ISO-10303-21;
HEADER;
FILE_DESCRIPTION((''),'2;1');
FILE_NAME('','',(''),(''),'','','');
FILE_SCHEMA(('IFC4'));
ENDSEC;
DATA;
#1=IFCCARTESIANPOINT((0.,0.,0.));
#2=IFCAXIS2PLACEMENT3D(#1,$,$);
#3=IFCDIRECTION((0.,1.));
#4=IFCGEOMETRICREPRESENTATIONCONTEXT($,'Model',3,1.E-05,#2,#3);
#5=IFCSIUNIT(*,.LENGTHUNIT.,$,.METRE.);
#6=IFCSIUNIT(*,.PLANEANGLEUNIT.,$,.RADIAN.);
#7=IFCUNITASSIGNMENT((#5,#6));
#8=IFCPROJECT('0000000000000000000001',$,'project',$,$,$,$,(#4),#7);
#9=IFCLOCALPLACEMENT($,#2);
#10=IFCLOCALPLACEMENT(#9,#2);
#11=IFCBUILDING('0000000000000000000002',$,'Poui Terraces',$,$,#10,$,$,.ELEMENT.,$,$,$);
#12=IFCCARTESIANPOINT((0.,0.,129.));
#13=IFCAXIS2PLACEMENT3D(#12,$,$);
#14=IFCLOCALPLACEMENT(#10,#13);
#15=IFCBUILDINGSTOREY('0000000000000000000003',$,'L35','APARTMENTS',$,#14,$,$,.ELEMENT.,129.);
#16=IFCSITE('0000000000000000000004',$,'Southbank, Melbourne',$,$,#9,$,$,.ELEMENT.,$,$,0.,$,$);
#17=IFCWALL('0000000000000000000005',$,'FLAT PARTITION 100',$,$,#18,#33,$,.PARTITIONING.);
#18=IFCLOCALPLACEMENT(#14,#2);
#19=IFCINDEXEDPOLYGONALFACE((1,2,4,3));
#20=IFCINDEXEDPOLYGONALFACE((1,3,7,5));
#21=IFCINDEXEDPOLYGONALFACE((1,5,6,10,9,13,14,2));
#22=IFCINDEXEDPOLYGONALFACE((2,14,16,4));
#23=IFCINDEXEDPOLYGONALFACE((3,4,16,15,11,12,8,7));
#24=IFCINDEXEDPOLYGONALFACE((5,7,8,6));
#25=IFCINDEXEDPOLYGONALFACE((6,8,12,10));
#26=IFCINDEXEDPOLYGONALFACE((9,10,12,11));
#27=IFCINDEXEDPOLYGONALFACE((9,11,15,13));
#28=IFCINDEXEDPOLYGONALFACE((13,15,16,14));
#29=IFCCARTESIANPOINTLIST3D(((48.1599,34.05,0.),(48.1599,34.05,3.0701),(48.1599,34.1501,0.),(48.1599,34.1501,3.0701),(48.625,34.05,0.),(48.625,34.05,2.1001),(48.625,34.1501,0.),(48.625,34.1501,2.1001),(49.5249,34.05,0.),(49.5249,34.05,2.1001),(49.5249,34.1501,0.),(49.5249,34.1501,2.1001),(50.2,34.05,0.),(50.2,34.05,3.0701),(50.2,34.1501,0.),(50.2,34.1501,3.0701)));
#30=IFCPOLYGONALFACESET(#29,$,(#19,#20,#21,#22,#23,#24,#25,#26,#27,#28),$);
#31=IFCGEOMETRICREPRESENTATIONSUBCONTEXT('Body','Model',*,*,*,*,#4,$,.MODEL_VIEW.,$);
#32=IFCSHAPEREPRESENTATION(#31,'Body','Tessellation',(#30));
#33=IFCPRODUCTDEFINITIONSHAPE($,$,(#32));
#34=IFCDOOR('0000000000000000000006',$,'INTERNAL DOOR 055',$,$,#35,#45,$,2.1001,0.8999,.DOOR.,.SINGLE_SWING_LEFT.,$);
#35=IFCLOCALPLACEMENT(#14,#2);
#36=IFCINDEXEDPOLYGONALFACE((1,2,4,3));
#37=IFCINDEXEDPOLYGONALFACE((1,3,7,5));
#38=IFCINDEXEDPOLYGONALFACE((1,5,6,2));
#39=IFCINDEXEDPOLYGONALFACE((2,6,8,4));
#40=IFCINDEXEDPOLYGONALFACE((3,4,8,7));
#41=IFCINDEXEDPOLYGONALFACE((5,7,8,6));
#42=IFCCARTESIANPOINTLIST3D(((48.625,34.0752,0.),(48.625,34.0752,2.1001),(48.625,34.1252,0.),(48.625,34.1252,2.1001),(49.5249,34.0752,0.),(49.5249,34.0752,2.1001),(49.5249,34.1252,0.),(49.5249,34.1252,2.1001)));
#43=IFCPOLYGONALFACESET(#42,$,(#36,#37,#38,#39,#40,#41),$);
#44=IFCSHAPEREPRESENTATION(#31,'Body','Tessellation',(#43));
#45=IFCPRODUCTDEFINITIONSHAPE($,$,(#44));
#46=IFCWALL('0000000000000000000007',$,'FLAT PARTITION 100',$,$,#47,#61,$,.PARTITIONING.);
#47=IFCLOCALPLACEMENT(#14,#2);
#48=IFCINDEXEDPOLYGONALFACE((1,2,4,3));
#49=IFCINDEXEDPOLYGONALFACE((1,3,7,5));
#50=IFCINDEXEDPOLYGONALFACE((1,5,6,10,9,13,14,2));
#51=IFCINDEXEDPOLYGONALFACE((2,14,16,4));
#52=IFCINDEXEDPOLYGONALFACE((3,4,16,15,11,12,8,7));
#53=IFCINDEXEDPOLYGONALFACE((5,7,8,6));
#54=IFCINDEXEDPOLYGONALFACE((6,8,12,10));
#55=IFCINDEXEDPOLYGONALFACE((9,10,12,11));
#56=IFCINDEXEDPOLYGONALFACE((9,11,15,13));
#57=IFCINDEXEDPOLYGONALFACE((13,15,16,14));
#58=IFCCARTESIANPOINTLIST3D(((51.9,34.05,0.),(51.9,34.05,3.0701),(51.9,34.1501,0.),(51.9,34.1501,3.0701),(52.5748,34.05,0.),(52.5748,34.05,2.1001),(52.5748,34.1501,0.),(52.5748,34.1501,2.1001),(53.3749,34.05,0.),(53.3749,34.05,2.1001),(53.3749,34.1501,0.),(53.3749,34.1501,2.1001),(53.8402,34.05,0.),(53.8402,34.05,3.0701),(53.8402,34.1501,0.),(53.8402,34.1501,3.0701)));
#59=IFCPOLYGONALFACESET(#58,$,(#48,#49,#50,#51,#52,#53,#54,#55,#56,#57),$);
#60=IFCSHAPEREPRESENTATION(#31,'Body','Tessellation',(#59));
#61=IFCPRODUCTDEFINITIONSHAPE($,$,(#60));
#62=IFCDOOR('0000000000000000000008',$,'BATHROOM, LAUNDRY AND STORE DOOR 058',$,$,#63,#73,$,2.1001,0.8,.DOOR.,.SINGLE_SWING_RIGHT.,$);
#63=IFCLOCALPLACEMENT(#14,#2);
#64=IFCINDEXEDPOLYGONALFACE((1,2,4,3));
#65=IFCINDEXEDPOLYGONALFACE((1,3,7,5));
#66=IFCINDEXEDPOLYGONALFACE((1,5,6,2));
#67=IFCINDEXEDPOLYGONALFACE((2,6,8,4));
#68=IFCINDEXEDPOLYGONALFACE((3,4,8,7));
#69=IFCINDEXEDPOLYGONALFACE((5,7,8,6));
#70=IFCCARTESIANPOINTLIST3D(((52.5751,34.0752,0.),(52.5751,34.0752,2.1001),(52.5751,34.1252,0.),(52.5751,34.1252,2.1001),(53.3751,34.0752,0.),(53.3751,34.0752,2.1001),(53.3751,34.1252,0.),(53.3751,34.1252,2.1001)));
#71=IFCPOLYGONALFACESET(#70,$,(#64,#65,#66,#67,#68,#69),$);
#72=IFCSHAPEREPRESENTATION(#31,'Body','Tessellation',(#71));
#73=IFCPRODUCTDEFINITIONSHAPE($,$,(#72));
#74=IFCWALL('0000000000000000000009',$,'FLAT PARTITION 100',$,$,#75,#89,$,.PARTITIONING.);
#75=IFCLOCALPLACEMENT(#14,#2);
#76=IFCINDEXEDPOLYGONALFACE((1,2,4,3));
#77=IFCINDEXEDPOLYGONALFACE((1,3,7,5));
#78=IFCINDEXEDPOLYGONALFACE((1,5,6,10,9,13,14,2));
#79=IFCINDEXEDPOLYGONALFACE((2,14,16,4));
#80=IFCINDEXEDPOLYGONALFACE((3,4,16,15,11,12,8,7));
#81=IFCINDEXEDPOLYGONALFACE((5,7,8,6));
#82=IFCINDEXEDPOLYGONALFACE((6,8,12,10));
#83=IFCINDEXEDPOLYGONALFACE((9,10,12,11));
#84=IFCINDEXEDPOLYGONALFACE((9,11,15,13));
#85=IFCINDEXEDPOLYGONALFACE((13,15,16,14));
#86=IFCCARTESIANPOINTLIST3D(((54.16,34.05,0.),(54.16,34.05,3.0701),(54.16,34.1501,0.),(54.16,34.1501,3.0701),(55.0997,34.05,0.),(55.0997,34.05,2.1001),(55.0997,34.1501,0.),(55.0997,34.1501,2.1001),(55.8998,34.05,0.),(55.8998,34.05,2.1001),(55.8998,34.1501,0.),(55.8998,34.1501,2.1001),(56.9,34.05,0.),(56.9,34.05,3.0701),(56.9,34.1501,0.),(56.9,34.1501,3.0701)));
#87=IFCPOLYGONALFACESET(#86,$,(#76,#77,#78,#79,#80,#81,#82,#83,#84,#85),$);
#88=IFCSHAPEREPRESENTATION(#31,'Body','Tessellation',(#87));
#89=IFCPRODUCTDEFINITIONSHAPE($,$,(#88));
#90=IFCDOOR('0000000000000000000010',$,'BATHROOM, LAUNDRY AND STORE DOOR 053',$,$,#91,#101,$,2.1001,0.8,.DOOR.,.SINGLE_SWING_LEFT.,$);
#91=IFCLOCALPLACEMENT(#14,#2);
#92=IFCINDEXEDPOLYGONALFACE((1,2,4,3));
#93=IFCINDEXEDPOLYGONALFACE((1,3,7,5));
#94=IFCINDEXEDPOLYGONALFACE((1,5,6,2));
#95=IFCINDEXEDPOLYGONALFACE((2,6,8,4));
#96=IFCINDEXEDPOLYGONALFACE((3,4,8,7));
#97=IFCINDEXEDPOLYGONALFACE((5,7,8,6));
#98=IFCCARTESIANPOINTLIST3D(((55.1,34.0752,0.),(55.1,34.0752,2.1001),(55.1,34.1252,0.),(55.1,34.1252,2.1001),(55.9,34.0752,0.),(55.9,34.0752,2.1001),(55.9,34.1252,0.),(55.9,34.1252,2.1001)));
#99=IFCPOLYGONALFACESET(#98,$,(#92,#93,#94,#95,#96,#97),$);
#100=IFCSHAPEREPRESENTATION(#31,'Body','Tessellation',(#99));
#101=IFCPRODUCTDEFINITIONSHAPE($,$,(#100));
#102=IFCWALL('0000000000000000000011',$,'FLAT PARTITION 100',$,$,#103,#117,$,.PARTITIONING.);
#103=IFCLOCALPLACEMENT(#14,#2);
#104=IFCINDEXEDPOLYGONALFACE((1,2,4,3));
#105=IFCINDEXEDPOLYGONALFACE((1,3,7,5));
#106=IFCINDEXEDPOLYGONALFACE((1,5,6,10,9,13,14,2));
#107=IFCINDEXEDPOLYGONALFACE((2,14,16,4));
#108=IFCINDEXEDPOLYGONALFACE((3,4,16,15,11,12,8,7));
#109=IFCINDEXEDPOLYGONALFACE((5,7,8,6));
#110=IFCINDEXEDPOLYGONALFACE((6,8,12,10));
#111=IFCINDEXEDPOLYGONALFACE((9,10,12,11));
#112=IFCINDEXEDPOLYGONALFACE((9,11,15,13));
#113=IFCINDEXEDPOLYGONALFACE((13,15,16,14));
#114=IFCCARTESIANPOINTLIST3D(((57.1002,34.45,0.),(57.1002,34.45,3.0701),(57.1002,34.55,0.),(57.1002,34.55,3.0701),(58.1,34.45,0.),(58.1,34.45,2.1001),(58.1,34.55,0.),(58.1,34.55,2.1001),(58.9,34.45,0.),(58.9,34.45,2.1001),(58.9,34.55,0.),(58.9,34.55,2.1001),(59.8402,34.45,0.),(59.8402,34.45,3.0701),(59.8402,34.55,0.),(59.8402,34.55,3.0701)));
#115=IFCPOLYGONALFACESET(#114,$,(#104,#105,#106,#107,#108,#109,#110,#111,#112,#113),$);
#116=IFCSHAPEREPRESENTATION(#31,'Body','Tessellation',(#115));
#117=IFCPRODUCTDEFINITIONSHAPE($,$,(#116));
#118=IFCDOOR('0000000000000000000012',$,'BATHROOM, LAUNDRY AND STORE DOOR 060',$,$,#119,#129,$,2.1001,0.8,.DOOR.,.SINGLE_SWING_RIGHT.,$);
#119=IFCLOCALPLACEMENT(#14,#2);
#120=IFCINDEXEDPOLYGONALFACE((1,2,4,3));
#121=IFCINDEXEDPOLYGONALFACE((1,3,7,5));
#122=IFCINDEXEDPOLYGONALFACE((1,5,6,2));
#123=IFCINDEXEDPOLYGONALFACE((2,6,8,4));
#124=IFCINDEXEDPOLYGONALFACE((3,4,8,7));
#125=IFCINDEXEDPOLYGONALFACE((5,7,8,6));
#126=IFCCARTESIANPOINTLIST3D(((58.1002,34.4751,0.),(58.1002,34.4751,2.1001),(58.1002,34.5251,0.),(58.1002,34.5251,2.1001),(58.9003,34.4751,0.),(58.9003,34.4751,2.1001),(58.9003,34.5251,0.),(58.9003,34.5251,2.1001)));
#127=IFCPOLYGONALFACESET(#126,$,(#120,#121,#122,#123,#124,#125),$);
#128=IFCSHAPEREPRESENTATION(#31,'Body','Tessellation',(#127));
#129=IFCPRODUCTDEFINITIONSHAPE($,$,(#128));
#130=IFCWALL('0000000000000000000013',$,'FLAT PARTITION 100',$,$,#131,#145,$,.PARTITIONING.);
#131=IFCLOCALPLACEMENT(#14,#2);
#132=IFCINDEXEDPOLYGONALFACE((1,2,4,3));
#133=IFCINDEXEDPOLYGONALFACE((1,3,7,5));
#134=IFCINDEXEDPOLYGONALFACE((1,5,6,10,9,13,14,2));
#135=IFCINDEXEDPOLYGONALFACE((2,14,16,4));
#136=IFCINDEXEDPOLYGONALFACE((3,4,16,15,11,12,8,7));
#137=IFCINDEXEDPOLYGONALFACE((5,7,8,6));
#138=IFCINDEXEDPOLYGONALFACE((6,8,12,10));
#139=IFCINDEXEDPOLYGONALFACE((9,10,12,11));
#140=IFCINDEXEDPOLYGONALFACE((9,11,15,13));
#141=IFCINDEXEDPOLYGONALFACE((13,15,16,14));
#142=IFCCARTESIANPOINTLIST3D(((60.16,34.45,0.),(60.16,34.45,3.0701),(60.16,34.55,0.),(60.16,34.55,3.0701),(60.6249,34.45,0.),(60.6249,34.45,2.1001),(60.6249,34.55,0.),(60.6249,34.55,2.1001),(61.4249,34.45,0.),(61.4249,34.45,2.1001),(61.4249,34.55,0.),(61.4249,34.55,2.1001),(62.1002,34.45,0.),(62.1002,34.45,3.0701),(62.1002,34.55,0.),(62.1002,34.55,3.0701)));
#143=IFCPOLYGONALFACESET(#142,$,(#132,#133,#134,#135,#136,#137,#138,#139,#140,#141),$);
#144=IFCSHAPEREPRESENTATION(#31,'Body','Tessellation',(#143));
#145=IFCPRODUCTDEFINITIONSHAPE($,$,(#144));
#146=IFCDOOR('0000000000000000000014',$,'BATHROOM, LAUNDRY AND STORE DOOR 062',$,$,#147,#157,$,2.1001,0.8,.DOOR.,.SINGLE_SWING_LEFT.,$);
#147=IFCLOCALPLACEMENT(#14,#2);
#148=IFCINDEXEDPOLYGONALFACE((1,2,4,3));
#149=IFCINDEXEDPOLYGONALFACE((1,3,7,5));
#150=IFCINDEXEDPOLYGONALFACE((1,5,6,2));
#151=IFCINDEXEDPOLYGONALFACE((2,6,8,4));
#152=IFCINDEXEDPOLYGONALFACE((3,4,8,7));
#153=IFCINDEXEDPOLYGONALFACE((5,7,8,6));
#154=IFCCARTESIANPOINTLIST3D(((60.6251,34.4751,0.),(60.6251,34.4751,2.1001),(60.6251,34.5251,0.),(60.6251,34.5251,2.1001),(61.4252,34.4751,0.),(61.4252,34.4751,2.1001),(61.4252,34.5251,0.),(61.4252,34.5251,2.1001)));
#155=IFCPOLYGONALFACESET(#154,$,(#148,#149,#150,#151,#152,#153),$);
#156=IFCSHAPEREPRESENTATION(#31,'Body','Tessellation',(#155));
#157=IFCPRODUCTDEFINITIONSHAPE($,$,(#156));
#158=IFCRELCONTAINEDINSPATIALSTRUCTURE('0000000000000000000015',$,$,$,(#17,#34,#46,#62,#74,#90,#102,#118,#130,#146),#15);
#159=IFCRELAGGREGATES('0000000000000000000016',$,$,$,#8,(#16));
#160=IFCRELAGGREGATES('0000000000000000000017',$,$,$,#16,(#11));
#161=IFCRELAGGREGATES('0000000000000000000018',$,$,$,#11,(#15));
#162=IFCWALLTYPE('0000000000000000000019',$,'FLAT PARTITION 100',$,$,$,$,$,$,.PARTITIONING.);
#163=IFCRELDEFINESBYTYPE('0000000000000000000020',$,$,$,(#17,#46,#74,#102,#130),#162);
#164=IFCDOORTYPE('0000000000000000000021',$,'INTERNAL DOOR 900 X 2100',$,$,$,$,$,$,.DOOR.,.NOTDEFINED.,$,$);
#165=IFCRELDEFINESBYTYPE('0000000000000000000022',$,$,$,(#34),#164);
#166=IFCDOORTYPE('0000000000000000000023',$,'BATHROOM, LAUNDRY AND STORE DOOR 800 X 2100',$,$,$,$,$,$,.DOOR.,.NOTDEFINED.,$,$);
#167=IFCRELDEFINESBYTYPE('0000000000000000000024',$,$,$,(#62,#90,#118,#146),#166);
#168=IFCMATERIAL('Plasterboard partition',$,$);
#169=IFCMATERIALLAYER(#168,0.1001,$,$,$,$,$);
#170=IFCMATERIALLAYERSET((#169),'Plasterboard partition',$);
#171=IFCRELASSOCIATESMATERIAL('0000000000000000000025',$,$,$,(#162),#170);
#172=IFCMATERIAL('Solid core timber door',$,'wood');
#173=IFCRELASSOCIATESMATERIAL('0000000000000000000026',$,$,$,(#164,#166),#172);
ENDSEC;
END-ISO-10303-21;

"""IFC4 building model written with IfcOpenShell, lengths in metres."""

from ifc_helpers import new_model, si_unit, direction, frame, frame_2d, origin, place, context, subcontext, project, spatial, rectangle, extrude, material, layer, layer_set, type_object, element, fill, save


model = new_model("IFC4")

# Units and contexts
model_context = context("Model", 3, precision=1e-05, world=origin(), true_north=direction((0.0, 1.0)))
body_context = subcontext(model_context, "Body", "Model", "MODEL_VIEW")
ifc_project = project(units=[si_unit("LENGTHUNIT", "METRE"), si_unit("PLANEANGLEUNIT", "RADIAN")], contexts=[model_context])

# Site, building, storey
site_placement = place(None, origin())
site = spatial("IfcSite", under=ifc_project, at=site_placement, Name="Southbank, Melbourne", CompositionType="ELEMENT", RefElevation=0.0)
building_placement = place(site_placement, origin())
building = spatial("IfcBuilding", under=site, at=building_placement, Name="Poui Terraces", CompositionType="ELEMENT")
storey_placement = place(building_placement, frame((0.0, 0.0, 129.0)))
storey = spatial("IfcBuildingStorey", under=building, at=storey_placement, Name="L35", Description="APARTMENTS", CompositionType="ELEMENT", Elevation=129.0)

# Walls, openings, doors
ifc_material_1 = material(Name="Plasterboard partition")
ifc_layer_1 = layer(ifc_material_1, 0.1001)
ifc_layer_set_1 = layer_set([ifc_layer_1], Name="Plasterboard partition")
wall_type_1 = type_object("IfcWallType", Name="FLAT PARTITION 100", PredefinedType="PARTITIONING", material=ifc_layer_set_1)
wall_1_placement = place(storey_placement, frame((48.1599, 34.1001, 0.0), z_axis=(0.0, 0.0, 1.0), x_axis=(1.0, 0.0, 0.0)))
wall_1 = element("IfcWall", 1, at=wall_1_placement, inside=storey, type_object=wall_type_1, Name="FLAT PARTITION 100", PredefinedType="PARTITIONING", context=body_context, shape_type="SweptSolid", body=[
    extrude(rectangle(XDim=2.04, YDim=0.1001, at=frame_2d((1.02, 0.0))), origin(), (0.0, 0.0, 1.0), 3.0701),
])
opening_1_placement = place(wall_1_placement, frame((0.4651, 0.0, 0.0)))
opening_1 = element("IfcOpeningElement", 2, at=opening_1_placement, cuts=wall_1, PredefinedType="OPENING", context=body_context, shape_type="SweptSolid", body=[
    extrude(rectangle(XDim=0.8999, YDim=2.1001, at=frame_2d((0.45, 1.05))), frame((0.0, 0.0601, 0.0), z_axis=(0.0, -1.0, 0.0), x_axis=(1.0, 0.0, 0.0)), (0.0, 0.0, 1.0), 0.1201),
])
ifc_material_2 = material(Name="Solid core timber door", Category="wood")
door_type_1 = type_object("IfcDoorType", Name="INTERNAL DOOR 900 X 2100", OperationType="NOTDEFINED", PredefinedType="DOOR", material=ifc_material_2)
door_1_placement = place(opening_1_placement, frame((0.8999, 0.0, 0.0), z_axis=(0.0, 0.0, 1.0), x_axis=(-1.0, 0.0, 0.0)))
door_1 = element("IfcDoor", 3, at=door_1_placement, inside=storey, type_object=door_type_1, Name="INTERNAL DOOR 055", OperationType="SINGLE_SWING_LEFT", OverallHeight=2.1001, OverallWidth=0.8999, PredefinedType="DOOR", context=body_context, shape_type="SweptSolid", body=[
    extrude(rectangle(XDim=0.8999, YDim=2.1001, at=frame_2d((0.45, 1.05))), frame((0.0, 0.0249, 0.0), z_axis=(0.0, -1.0, 0.0), x_axis=(1.0, 0.0, 0.0)), (0.0, 0.0, 1.0), 0.05),
])
fill(opening_1, door_1)
wall_2_placement = place(storey_placement, frame((51.8999, 34.1001, 0.0), z_axis=(0.0, 0.0, 1.0), x_axis=(1.0, 0.0, 0.0)))
wall_2 = element("IfcWall", 4, at=wall_2_placement, inside=storey, type_object=wall_type_1, Name="FLAT PARTITION 100", PredefinedType="PARTITIONING", context=body_context, shape_type="SweptSolid", body=[
    extrude(rectangle(XDim=1.9402, YDim=0.1001, at=frame_2d((0.9702, 0.0))), origin(), (0.0, 0.0, 1.0), 3.0701),
])
opening_2_placement = place(wall_2_placement, frame((0.675, 0.0, 0.0)))
opening_2 = element("IfcOpeningElement", 5, at=opening_2_placement, cuts=wall_2, PredefinedType="OPENING", context=body_context, shape_type="SweptSolid", body=[
    extrude(rectangle(XDim=0.8, YDim=2.1001, at=frame_2d((0.3999, 1.05))), frame((0.0, 0.0601, 0.0), z_axis=(0.0, -1.0, 0.0), x_axis=(1.0, 0.0, 0.0)), (0.0, 0.0, 1.0), 0.1201),
])
door_type_2 = type_object("IfcDoorType", Name="BATHROOM, LAUNDRY AND STORE DOOR 800 X 2100", OperationType="NOTDEFINED", PredefinedType="DOOR", material=ifc_material_2)
door_2_placement = place(opening_2_placement, frame((0.8, 0.0, 0.0), z_axis=(0.0, 0.0, 1.0), x_axis=(-1.0, 0.0, 0.0)))
door_2 = element("IfcDoor", 6, at=door_2_placement, inside=storey, type_object=door_type_2, Name="BATHROOM, LAUNDRY AND STORE DOOR 058", OperationType="SINGLE_SWING_RIGHT", OverallHeight=2.1001, OverallWidth=0.8, PredefinedType="DOOR", context=body_context, shape_type="SweptSolid", body=[
    extrude(rectangle(XDim=0.8, YDim=2.1001, at=frame_2d((0.3999, 1.05))), frame((0.0, 0.0249, 0.0), z_axis=(0.0, -1.0, 0.0), x_axis=(1.0, 0.0, 0.0)), (0.0, 0.0, 1.0), 0.05),
])
fill(opening_2, door_2)
wall_3_placement = place(storey_placement, frame((54.1599, 34.1001, 0.0), z_axis=(0.0, 0.0, 1.0), x_axis=(1.0, 0.0, 0.0)))
wall_3 = element("IfcWall", 7, at=wall_3_placement, inside=storey, type_object=wall_type_1, Name="FLAT PARTITION 100", PredefinedType="PARTITIONING", context=body_context, shape_type="SweptSolid", body=[
    extrude(rectangle(XDim=2.74, YDim=0.1001, at=frame_2d((1.3701, 0.0))), origin(), (0.0, 0.0, 1.0), 3.0701),
])
opening_3_placement = place(wall_3_placement, frame((0.9399, 0.0, 0.0)))
opening_3 = element("IfcOpeningElement", 8, at=opening_3_placement, cuts=wall_3, PredefinedType="OPENING", context=body_context, shape_type="SweptSolid", body=[
    extrude(rectangle(XDim=0.8, YDim=2.1001, at=frame_2d((0.3999, 1.05))), frame((0.0, 0.0601, 0.0), z_axis=(0.0, -1.0, 0.0), x_axis=(1.0, 0.0, 0.0)), (0.0, 0.0, 1.0), 0.1201),
])
door_3_placement = place(opening_3_placement, frame((0.8, 0.0, 0.0), z_axis=(0.0, 0.0, 1.0), x_axis=(-1.0, 0.0, 0.0)))
door_3 = element("IfcDoor", 9, at=door_3_placement, inside=storey, type_object=door_type_2, Name="BATHROOM, LAUNDRY AND STORE DOOR 053", OperationType="SINGLE_SWING_LEFT", OverallHeight=2.1001, OverallWidth=0.8, PredefinedType="DOOR", context=body_context, shape_type="SweptSolid", body=[
    extrude(rectangle(XDim=0.8, YDim=2.1001, at=frame_2d((0.3999, 1.05))), frame((0.0, 0.0249, 0.0), z_axis=(0.0, -1.0, 0.0), x_axis=(1.0, 0.0, 0.0)), (0.0, 0.0, 1.0), 0.05),
])
fill(opening_3, door_3)
wall_4_placement = place(storey_placement, frame((57.1001, 34.5, 0.0), z_axis=(0.0, 0.0, 1.0), x_axis=(1.0, 0.0, 0.0)))
wall_4 = element("IfcWall", 10, at=wall_4_placement, inside=storey, type_object=wall_type_1, Name="FLAT PARTITION 100", PredefinedType="PARTITIONING", context=body_context, shape_type="SweptSolid", body=[
    extrude(rectangle(XDim=2.74, YDim=0.1001, at=frame_2d((1.3701, 0.0))), origin(), (0.0, 0.0, 1.0), 3.0701),
])
opening_4_placement = place(wall_4_placement, frame((1.0, 0.0, 0.0)))
opening_4 = element("IfcOpeningElement", 11, at=opening_4_placement, cuts=wall_4, PredefinedType="OPENING", context=body_context, shape_type="SweptSolid", body=[
    extrude(rectangle(XDim=0.8, YDim=2.1001, at=frame_2d((0.3999, 1.05))), frame((0.0, 0.0601, 0.0), z_axis=(0.0, -1.0, 0.0), x_axis=(1.0, 0.0, 0.0)), (0.0, 0.0, 1.0), 0.1201),
])
door_4_placement = place(opening_4_placement, frame((0.8, 0.0, 0.0), z_axis=(0.0, 0.0, 1.0), x_axis=(-1.0, 0.0, 0.0)))
door_4 = element("IfcDoor", 12, at=door_4_placement, inside=storey, type_object=door_type_2, Name="BATHROOM, LAUNDRY AND STORE DOOR 060", OperationType="SINGLE_SWING_RIGHT", OverallHeight=2.1001, OverallWidth=0.8, PredefinedType="DOOR", context=body_context, shape_type="SweptSolid", body=[
    extrude(rectangle(XDim=0.8, YDim=2.1001, at=frame_2d((0.3999, 1.05))), frame((0.0, 0.0249, 0.0), z_axis=(0.0, -1.0, 0.0), x_axis=(1.0, 0.0, 0.0)), (0.0, 0.0, 1.0), 0.05),
])
fill(opening_4, door_4)
wall_5_placement = place(storey_placement, frame((60.1599, 34.5, 0.0), z_axis=(0.0, 0.0, 1.0), x_axis=(1.0, 0.0, 0.0)))
wall_5 = element("IfcWall", 13, at=wall_5_placement, inside=storey, type_object=wall_type_1, Name="FLAT PARTITION 100", PredefinedType="PARTITIONING", context=body_context, shape_type="SweptSolid", body=[
    extrude(rectangle(XDim=1.9402, YDim=0.1001, at=frame_2d((0.9702, 0.0))), origin(), (0.0, 0.0, 1.0), 3.0701),
])
opening_5_placement = place(wall_5_placement, frame((0.4651, 0.0, 0.0)))
opening_5 = element("IfcOpeningElement", 14, at=opening_5_placement, cuts=wall_5, PredefinedType="OPENING", context=body_context, shape_type="SweptSolid", body=[
    extrude(rectangle(XDim=0.8, YDim=2.1001, at=frame_2d((0.3999, 1.05))), frame((0.0, 0.0601, 0.0), z_axis=(0.0, -1.0, 0.0), x_axis=(1.0, 0.0, 0.0)), (0.0, 0.0, 1.0), 0.1201),
])
door_5_placement = place(opening_5_placement, frame((0.8, 0.0, 0.0), z_axis=(0.0, 0.0, 1.0), x_axis=(-1.0, 0.0, 0.0)))
door_5 = element("IfcDoor", 15, at=door_5_placement, inside=storey, type_object=door_type_2, Name="BATHROOM, LAUNDRY AND STORE DOOR 062", OperationType="SINGLE_SWING_LEFT", OverallHeight=2.1001, OverallWidth=0.8, PredefinedType="DOOR", context=body_context, shape_type="SweptSolid", body=[
    extrude(rectangle(XDim=0.8, YDim=2.1001, at=frame_2d((0.3999, 1.05))), frame((0.0, 0.0249, 0.0), z_axis=(0.0, -1.0, 0.0), x_axis=(1.0, 0.0, 0.0)), (0.0, 0.0, 1.0), 0.05),
])
fill(opening_5, door_5)

save(model, "model.ifc")
